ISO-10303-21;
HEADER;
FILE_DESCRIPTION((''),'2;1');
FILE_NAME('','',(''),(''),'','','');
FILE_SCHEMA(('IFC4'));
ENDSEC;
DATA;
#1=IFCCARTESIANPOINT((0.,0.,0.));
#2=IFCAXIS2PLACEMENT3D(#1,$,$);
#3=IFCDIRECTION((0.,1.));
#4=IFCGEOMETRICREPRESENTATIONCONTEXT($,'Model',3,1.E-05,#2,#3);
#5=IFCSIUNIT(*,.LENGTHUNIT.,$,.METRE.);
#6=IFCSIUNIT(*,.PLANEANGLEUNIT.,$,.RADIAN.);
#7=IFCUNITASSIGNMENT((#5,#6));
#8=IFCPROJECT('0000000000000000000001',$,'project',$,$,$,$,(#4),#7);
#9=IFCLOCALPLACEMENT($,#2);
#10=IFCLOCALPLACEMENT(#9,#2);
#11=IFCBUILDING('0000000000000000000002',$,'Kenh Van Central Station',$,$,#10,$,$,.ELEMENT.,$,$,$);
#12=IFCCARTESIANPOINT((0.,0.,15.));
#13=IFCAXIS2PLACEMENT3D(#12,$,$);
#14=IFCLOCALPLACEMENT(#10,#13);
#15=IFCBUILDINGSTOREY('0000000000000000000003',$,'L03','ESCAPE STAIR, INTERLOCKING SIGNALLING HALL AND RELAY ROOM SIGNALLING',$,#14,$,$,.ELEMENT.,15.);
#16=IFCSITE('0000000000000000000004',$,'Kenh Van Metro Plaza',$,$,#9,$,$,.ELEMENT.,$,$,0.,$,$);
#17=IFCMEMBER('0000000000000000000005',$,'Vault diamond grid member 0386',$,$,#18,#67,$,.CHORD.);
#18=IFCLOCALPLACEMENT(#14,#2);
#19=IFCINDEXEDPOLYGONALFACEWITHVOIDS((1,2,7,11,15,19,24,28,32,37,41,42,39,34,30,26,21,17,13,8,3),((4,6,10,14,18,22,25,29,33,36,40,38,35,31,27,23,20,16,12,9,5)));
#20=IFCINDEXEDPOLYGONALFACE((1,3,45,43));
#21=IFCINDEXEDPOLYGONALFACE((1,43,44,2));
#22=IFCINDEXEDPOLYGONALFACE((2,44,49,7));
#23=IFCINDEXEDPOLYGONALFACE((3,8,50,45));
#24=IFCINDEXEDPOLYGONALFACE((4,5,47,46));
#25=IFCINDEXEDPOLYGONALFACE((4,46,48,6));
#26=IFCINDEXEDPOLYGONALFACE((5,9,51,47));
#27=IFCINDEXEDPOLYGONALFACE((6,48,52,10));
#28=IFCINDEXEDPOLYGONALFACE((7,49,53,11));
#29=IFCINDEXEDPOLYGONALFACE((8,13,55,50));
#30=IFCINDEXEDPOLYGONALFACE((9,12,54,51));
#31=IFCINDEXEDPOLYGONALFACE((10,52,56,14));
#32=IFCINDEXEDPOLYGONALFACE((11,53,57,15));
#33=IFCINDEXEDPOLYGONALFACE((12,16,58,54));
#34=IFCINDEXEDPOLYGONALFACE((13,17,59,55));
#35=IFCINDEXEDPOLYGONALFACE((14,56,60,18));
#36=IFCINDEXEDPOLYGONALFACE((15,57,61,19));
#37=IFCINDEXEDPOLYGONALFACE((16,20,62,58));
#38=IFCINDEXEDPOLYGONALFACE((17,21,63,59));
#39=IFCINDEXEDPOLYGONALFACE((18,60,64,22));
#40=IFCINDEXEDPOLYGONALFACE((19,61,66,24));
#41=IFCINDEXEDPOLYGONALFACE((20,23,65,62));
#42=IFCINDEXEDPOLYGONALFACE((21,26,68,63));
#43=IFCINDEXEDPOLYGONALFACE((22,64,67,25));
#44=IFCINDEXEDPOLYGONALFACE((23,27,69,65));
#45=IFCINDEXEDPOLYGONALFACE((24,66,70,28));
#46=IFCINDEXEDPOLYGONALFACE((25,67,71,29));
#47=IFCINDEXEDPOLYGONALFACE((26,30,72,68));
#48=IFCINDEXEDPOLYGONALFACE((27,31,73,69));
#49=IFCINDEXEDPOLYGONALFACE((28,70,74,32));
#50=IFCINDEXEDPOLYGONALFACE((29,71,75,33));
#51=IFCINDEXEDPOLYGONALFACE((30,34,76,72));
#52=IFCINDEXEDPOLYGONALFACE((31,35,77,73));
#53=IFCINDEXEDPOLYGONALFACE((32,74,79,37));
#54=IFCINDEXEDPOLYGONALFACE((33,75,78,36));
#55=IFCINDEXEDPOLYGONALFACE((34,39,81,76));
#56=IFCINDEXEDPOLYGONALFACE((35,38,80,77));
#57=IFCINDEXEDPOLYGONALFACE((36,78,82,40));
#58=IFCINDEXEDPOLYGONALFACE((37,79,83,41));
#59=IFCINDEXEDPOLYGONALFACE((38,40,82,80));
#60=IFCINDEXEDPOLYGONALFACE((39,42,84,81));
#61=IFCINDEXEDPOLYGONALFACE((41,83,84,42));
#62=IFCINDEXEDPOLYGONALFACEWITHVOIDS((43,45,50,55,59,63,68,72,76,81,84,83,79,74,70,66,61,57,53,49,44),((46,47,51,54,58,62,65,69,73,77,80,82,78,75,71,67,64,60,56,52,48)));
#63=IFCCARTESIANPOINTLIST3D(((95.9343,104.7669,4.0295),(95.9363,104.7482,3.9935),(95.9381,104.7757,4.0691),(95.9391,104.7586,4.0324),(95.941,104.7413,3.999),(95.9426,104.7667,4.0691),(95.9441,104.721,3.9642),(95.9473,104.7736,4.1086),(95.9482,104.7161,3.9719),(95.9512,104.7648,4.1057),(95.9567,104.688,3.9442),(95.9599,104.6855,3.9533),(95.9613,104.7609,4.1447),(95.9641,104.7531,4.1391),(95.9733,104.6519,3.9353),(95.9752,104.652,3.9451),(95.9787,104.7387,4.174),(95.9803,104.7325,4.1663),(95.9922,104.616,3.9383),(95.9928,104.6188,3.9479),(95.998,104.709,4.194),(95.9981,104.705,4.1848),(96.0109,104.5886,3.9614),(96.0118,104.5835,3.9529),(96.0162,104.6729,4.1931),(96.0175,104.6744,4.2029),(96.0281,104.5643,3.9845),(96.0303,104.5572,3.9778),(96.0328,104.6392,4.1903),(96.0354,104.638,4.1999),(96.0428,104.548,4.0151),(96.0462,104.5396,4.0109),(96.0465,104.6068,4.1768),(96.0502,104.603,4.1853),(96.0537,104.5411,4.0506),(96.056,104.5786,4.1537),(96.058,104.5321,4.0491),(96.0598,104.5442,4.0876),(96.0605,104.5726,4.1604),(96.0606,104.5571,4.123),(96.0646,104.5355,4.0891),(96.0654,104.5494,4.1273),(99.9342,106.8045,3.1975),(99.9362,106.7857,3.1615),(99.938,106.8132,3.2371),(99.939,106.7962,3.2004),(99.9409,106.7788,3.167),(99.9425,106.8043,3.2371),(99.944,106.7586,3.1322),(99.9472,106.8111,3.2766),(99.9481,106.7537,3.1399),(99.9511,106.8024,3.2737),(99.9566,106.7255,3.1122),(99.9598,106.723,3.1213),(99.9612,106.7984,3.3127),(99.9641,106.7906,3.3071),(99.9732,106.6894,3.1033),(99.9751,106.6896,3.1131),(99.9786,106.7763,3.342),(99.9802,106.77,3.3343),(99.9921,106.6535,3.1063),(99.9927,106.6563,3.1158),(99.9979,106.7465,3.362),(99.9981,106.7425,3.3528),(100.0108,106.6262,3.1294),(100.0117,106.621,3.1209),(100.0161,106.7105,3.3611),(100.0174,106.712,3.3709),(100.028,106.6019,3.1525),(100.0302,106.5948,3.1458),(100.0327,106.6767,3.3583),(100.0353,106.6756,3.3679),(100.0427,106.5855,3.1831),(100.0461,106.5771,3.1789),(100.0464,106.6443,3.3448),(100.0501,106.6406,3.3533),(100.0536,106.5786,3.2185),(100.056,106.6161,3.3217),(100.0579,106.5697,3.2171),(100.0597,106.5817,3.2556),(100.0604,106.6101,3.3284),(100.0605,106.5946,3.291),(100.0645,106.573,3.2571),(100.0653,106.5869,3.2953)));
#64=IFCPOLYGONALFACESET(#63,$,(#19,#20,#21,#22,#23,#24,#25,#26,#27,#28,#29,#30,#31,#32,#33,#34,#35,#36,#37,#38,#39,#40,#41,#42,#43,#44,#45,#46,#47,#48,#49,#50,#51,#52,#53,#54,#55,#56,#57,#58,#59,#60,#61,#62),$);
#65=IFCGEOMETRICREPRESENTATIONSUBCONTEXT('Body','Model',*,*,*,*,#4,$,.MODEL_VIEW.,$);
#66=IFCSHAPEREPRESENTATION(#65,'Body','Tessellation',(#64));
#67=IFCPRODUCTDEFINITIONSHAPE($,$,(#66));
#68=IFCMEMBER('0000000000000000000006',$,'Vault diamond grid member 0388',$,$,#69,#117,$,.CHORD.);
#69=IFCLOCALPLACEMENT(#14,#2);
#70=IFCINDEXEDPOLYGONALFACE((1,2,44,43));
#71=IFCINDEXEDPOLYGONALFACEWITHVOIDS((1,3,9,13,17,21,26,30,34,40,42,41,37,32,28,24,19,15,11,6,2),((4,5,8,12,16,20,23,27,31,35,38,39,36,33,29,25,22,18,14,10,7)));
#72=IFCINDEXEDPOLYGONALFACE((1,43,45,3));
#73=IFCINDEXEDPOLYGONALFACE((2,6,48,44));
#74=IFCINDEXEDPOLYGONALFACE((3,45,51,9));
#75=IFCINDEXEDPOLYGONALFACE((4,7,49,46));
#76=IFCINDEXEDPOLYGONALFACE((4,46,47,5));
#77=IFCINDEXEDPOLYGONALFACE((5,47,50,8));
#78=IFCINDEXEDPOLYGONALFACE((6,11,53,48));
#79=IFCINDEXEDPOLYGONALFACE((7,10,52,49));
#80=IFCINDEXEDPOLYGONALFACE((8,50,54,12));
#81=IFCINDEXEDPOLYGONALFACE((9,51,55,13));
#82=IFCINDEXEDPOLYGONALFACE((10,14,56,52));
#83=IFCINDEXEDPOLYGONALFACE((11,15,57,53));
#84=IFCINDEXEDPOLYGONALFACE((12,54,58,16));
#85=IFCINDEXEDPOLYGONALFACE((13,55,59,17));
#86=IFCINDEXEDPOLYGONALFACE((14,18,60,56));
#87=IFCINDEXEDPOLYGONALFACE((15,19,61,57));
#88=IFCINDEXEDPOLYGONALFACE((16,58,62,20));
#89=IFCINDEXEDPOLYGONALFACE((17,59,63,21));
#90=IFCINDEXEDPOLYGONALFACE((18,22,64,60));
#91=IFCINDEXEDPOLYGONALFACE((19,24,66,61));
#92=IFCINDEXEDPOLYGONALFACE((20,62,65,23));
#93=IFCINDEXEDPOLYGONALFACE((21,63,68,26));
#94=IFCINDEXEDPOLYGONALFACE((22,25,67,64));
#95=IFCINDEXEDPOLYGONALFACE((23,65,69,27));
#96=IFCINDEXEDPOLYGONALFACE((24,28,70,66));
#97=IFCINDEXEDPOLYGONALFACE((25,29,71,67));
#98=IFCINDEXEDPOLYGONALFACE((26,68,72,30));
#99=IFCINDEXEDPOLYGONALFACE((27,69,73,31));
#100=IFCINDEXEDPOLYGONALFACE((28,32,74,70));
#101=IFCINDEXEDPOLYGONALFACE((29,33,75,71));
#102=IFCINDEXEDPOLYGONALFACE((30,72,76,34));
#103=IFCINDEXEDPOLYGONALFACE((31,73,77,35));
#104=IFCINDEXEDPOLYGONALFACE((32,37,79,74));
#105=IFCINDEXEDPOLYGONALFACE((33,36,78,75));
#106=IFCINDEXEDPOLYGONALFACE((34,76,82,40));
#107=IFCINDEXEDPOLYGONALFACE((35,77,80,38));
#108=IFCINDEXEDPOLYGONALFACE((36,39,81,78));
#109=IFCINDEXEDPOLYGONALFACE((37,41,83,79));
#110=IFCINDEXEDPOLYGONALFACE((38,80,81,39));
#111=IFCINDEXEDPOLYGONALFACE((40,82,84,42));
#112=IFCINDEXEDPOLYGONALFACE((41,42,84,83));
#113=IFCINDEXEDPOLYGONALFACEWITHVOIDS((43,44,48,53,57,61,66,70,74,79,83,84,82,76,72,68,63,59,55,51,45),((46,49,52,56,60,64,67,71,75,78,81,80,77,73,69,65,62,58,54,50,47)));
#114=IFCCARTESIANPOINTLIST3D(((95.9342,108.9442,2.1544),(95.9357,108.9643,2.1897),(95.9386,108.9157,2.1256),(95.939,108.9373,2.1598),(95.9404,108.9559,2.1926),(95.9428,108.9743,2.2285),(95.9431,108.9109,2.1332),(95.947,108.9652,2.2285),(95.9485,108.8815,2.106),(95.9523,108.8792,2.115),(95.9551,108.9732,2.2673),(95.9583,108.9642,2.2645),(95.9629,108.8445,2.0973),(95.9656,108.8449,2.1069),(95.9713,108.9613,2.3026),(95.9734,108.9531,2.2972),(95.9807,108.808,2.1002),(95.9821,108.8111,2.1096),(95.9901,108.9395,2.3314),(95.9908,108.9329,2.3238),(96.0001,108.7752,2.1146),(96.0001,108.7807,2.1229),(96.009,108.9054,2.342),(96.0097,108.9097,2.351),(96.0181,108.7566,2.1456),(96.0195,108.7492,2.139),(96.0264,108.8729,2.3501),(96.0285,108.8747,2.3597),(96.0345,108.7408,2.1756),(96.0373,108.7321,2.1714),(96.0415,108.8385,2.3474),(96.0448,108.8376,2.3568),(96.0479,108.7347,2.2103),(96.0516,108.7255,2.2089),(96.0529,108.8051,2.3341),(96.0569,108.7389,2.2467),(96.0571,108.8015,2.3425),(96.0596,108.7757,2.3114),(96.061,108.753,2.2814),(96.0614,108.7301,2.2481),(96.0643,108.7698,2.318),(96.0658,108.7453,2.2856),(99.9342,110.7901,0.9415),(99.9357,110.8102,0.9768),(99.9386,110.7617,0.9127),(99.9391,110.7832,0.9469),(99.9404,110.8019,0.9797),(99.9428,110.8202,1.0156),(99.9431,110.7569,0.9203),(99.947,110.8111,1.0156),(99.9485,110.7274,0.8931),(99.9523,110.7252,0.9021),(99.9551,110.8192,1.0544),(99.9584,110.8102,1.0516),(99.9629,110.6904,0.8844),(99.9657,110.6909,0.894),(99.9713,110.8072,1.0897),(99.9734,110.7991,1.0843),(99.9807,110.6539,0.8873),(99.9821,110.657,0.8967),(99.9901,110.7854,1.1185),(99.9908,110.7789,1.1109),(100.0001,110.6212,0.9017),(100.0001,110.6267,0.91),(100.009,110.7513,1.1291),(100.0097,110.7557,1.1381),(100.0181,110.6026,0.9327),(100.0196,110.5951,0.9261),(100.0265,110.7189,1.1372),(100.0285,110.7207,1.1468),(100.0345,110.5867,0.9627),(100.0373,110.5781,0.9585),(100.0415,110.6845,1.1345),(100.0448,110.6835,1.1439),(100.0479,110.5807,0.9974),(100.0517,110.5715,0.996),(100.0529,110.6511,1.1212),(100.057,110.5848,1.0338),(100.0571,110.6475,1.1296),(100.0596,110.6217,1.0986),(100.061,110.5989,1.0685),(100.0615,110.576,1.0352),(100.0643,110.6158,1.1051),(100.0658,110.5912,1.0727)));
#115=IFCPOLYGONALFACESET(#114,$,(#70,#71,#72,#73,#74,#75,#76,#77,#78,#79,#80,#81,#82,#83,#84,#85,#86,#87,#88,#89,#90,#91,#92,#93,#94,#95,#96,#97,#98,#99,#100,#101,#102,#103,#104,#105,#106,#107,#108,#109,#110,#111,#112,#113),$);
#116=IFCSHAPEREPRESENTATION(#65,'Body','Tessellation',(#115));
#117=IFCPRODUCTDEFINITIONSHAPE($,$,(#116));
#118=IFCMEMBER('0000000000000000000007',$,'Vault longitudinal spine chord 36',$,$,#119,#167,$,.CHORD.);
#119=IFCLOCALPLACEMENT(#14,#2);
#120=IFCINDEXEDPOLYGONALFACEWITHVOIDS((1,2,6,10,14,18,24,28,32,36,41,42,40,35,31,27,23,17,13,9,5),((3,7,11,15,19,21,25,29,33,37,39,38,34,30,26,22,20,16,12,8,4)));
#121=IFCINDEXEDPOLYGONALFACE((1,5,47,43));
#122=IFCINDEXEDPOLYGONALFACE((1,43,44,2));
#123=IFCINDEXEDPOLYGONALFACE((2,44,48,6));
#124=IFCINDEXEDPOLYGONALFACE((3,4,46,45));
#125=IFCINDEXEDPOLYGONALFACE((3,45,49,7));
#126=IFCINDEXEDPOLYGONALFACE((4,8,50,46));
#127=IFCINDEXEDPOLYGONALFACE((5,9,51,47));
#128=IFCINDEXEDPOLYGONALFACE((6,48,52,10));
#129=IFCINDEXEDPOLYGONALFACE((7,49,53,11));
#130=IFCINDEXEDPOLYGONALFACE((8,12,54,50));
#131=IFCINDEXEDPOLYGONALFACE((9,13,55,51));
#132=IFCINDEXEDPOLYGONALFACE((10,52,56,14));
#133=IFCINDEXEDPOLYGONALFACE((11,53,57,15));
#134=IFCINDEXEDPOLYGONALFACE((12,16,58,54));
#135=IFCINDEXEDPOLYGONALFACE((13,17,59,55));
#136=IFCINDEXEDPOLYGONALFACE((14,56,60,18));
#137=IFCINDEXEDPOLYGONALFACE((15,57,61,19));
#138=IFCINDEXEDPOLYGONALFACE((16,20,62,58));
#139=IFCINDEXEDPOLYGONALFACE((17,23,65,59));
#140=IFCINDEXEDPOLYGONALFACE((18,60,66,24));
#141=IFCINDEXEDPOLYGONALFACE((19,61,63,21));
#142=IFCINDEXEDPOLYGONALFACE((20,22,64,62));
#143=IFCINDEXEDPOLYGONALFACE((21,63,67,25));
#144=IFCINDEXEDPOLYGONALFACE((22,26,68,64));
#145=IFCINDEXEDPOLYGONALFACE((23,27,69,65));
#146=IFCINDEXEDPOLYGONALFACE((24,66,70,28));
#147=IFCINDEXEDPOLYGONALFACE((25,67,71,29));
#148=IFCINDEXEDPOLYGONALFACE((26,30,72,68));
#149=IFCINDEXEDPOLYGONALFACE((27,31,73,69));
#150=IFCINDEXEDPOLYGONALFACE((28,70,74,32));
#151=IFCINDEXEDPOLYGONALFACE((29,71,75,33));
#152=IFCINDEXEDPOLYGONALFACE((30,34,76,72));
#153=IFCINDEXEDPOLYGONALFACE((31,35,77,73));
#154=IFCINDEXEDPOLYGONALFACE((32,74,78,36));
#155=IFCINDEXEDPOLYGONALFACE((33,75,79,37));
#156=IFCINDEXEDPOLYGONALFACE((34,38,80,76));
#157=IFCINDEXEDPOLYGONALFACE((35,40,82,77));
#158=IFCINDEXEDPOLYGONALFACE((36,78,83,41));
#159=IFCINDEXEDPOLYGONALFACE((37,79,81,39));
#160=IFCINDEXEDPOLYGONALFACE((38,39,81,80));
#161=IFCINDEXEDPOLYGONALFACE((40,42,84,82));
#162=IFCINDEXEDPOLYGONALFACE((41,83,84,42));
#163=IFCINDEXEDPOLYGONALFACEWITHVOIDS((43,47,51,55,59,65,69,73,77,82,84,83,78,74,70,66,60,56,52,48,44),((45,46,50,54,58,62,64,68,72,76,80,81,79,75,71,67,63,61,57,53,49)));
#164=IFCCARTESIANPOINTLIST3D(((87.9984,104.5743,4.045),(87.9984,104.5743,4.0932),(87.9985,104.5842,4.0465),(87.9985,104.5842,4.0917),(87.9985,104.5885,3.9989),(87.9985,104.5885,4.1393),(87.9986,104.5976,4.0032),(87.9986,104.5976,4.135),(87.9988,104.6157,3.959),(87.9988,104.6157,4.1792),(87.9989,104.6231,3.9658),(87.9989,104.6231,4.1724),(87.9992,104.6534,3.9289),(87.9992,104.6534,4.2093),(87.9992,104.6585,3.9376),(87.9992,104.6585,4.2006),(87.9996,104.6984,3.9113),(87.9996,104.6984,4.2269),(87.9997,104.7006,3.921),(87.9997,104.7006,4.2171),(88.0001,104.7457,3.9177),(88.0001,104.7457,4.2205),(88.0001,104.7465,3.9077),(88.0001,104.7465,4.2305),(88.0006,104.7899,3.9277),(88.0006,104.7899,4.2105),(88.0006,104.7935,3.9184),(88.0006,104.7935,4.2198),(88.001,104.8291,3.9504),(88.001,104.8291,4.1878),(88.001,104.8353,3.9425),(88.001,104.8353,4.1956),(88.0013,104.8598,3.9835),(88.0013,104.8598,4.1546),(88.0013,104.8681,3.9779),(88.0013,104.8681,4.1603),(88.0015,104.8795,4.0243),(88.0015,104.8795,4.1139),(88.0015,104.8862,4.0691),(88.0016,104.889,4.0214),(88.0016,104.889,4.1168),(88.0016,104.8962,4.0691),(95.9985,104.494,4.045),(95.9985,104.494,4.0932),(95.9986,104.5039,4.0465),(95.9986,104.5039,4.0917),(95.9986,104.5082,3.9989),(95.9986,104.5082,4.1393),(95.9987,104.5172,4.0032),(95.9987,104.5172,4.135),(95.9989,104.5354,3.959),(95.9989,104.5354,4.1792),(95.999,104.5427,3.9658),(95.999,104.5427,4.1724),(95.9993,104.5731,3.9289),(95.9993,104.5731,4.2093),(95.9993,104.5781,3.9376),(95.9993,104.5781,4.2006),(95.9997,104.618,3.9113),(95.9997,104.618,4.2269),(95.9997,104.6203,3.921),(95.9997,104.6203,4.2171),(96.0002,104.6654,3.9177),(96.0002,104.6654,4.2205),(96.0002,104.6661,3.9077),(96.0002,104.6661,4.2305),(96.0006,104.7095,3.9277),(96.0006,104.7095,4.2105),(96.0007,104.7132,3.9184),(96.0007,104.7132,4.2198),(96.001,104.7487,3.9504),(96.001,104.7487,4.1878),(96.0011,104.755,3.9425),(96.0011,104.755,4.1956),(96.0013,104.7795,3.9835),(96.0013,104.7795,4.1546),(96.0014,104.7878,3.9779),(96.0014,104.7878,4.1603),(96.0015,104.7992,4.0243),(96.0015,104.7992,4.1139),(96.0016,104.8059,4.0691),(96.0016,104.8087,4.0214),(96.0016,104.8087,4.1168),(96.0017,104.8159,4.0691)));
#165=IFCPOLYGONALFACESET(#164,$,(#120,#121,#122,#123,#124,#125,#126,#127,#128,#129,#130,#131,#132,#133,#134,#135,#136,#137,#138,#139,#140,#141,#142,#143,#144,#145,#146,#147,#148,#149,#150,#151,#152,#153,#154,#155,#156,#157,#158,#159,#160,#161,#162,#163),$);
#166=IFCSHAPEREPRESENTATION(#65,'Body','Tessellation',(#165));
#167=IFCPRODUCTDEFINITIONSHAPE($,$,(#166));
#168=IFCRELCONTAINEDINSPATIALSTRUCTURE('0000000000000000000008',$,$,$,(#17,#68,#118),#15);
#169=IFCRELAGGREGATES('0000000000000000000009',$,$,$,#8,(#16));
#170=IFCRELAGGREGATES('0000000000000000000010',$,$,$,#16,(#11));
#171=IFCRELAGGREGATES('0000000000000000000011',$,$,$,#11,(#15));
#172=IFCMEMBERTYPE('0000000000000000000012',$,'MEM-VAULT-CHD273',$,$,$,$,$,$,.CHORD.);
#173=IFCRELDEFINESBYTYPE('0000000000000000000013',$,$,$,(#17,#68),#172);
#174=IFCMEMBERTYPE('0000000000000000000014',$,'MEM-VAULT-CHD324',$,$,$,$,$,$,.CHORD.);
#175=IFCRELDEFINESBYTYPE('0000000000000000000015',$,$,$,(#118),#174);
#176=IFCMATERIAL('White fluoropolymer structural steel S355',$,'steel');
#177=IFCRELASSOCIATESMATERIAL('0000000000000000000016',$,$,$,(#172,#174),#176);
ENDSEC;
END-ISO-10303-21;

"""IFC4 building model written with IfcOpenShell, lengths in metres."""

from ifc_helpers import new_model, si_unit, direction, frame, origin, origin_2d, place, context, subcontext, project, spatial, hollow_circle, extrude, material, material_profile, profile_set, type_object, element, save


model = new_model("IFC4")

# Units and contexts
model_context = context("Model", 3, precision=1e-05, world=origin(), true_north=direction((0.0, 1.0)))
body_context = subcontext(model_context, "Body", "Model", "MODEL_VIEW")
ifc_project = project(units=[si_unit("LENGTHUNIT", "METRE"), si_unit("PLANEANGLEUNIT", "RADIAN")], contexts=[model_context])

# Site, building, storey
site_placement = place(None, origin())
site = spatial("IfcSite", under=ifc_project, at=site_placement, Name="Kenh Van Metro Plaza", CompositionType="ELEMENT", RefElevation=0.0)
building_placement = place(site_placement, origin())
building = spatial("IfcBuilding", under=site, at=building_placement, Name="Kenh Van Central Station", CompositionType="ELEMENT")
storey_placement = place(building_placement, frame((0.0, 0.0, 15.0)))
storey = spatial("IfcBuildingStorey", under=building, at=storey_placement, Name="L03", Description="ESCAPE STAIR, INTERLOCKING SIGNALLING HALL AND RELAY ROOM SIGNALLING", CompositionType="ELEMENT", Elevation=15.0)

# Shared definitions
ifc_material_1 = material(Name="White fluoropolymer structural steel S355", Category="steel")

# Members
ifc_material_profile_1 = material_profile(ifc_material_1, hollow_circle(Radius=0.1365, WallThickness=0.01, at=origin_2d()), Name="CHS 273x10")
ifc_profile_set_1 = profile_set([ifc_material_profile_1], Name="White fluoropolymer structural steel S355")
member_type_1 = type_object("IfcMemberType", Name="MEM-VAULT-CHD273", PredefinedType="CHORD", material=ifc_profile_set_1)
member_1_placement = place(storey_placement, frame((96.0, 104.6541, 4.0691), z_axis=(0.87613, 0.4463, -0.182242), x_axis=(-0.453901, 0.891052, 0.0)))
element("IfcMember", 1, at=member_1_placement, inside=storey, type_object=member_type_1, Name="Vault diamond grid member 0386", PredefinedType="CHORD", context=body_context, shape_type="SweptSolid", body=[
    extrude(hollow_circle(Radius=0.1365, WallThickness=0.01, at=origin_2d()), origin(), (0.0, 0.0, 1.0), 4.5654),
])
member_2_placement = place(storey_placement, frame((96.0, 108.8503, 2.2285), z_axis=(0.875405, 0.403988, -0.265443), x_axis=(-0.41902, 0.907977, 0.0)))
element("IfcMember", 2, at=member_2_placement, inside=storey, type_object=member_type_1, Name="Vault diamond grid member 0388", PredefinedType="CHORD", context=body_context, shape_type="SweptSolid", body=[
    extrude(hollow_circle(Radius=0.1365, WallThickness=0.01, at=origin_2d()), origin(), (0.0, 0.0, 1.0), 4.5693),
])
ifc_material_profile_2 = material_profile(ifc_material_1, hollow_circle(Radius=0.1619, WallThickness=0.01, at=origin_2d()), Name="CHS 323.9x10")
ifc_profile_set_2 = profile_set([ifc_material_profile_2], Name="White fluoropolymer structural steel S355")
member_type_2 = type_object("IfcMemberType", Name="MEM-VAULT-CHD324", PredefinedType="CHORD", material=ifc_profile_set_2)
member_3_placement = place(storey_placement, frame((88.0, 104.7344, 4.0691), z_axis=(0.99995, -0.01004, 0.0), x_axis=(0.01004, 0.99995, 0.0)))
element("IfcMember", 3, at=member_3_placement, inside=storey, type_object=member_type_2, Name="Vault longitudinal spine chord 36", PredefinedType="CHORD", context=body_context, shape_type="SweptSolid", body=[
    extrude(hollow_circle(Radius=0.1619, WallThickness=0.01, at=origin_2d()), origin(), (0.0, 0.0, 1.0), 8.0005),
])

save(model, "model.ifc")
